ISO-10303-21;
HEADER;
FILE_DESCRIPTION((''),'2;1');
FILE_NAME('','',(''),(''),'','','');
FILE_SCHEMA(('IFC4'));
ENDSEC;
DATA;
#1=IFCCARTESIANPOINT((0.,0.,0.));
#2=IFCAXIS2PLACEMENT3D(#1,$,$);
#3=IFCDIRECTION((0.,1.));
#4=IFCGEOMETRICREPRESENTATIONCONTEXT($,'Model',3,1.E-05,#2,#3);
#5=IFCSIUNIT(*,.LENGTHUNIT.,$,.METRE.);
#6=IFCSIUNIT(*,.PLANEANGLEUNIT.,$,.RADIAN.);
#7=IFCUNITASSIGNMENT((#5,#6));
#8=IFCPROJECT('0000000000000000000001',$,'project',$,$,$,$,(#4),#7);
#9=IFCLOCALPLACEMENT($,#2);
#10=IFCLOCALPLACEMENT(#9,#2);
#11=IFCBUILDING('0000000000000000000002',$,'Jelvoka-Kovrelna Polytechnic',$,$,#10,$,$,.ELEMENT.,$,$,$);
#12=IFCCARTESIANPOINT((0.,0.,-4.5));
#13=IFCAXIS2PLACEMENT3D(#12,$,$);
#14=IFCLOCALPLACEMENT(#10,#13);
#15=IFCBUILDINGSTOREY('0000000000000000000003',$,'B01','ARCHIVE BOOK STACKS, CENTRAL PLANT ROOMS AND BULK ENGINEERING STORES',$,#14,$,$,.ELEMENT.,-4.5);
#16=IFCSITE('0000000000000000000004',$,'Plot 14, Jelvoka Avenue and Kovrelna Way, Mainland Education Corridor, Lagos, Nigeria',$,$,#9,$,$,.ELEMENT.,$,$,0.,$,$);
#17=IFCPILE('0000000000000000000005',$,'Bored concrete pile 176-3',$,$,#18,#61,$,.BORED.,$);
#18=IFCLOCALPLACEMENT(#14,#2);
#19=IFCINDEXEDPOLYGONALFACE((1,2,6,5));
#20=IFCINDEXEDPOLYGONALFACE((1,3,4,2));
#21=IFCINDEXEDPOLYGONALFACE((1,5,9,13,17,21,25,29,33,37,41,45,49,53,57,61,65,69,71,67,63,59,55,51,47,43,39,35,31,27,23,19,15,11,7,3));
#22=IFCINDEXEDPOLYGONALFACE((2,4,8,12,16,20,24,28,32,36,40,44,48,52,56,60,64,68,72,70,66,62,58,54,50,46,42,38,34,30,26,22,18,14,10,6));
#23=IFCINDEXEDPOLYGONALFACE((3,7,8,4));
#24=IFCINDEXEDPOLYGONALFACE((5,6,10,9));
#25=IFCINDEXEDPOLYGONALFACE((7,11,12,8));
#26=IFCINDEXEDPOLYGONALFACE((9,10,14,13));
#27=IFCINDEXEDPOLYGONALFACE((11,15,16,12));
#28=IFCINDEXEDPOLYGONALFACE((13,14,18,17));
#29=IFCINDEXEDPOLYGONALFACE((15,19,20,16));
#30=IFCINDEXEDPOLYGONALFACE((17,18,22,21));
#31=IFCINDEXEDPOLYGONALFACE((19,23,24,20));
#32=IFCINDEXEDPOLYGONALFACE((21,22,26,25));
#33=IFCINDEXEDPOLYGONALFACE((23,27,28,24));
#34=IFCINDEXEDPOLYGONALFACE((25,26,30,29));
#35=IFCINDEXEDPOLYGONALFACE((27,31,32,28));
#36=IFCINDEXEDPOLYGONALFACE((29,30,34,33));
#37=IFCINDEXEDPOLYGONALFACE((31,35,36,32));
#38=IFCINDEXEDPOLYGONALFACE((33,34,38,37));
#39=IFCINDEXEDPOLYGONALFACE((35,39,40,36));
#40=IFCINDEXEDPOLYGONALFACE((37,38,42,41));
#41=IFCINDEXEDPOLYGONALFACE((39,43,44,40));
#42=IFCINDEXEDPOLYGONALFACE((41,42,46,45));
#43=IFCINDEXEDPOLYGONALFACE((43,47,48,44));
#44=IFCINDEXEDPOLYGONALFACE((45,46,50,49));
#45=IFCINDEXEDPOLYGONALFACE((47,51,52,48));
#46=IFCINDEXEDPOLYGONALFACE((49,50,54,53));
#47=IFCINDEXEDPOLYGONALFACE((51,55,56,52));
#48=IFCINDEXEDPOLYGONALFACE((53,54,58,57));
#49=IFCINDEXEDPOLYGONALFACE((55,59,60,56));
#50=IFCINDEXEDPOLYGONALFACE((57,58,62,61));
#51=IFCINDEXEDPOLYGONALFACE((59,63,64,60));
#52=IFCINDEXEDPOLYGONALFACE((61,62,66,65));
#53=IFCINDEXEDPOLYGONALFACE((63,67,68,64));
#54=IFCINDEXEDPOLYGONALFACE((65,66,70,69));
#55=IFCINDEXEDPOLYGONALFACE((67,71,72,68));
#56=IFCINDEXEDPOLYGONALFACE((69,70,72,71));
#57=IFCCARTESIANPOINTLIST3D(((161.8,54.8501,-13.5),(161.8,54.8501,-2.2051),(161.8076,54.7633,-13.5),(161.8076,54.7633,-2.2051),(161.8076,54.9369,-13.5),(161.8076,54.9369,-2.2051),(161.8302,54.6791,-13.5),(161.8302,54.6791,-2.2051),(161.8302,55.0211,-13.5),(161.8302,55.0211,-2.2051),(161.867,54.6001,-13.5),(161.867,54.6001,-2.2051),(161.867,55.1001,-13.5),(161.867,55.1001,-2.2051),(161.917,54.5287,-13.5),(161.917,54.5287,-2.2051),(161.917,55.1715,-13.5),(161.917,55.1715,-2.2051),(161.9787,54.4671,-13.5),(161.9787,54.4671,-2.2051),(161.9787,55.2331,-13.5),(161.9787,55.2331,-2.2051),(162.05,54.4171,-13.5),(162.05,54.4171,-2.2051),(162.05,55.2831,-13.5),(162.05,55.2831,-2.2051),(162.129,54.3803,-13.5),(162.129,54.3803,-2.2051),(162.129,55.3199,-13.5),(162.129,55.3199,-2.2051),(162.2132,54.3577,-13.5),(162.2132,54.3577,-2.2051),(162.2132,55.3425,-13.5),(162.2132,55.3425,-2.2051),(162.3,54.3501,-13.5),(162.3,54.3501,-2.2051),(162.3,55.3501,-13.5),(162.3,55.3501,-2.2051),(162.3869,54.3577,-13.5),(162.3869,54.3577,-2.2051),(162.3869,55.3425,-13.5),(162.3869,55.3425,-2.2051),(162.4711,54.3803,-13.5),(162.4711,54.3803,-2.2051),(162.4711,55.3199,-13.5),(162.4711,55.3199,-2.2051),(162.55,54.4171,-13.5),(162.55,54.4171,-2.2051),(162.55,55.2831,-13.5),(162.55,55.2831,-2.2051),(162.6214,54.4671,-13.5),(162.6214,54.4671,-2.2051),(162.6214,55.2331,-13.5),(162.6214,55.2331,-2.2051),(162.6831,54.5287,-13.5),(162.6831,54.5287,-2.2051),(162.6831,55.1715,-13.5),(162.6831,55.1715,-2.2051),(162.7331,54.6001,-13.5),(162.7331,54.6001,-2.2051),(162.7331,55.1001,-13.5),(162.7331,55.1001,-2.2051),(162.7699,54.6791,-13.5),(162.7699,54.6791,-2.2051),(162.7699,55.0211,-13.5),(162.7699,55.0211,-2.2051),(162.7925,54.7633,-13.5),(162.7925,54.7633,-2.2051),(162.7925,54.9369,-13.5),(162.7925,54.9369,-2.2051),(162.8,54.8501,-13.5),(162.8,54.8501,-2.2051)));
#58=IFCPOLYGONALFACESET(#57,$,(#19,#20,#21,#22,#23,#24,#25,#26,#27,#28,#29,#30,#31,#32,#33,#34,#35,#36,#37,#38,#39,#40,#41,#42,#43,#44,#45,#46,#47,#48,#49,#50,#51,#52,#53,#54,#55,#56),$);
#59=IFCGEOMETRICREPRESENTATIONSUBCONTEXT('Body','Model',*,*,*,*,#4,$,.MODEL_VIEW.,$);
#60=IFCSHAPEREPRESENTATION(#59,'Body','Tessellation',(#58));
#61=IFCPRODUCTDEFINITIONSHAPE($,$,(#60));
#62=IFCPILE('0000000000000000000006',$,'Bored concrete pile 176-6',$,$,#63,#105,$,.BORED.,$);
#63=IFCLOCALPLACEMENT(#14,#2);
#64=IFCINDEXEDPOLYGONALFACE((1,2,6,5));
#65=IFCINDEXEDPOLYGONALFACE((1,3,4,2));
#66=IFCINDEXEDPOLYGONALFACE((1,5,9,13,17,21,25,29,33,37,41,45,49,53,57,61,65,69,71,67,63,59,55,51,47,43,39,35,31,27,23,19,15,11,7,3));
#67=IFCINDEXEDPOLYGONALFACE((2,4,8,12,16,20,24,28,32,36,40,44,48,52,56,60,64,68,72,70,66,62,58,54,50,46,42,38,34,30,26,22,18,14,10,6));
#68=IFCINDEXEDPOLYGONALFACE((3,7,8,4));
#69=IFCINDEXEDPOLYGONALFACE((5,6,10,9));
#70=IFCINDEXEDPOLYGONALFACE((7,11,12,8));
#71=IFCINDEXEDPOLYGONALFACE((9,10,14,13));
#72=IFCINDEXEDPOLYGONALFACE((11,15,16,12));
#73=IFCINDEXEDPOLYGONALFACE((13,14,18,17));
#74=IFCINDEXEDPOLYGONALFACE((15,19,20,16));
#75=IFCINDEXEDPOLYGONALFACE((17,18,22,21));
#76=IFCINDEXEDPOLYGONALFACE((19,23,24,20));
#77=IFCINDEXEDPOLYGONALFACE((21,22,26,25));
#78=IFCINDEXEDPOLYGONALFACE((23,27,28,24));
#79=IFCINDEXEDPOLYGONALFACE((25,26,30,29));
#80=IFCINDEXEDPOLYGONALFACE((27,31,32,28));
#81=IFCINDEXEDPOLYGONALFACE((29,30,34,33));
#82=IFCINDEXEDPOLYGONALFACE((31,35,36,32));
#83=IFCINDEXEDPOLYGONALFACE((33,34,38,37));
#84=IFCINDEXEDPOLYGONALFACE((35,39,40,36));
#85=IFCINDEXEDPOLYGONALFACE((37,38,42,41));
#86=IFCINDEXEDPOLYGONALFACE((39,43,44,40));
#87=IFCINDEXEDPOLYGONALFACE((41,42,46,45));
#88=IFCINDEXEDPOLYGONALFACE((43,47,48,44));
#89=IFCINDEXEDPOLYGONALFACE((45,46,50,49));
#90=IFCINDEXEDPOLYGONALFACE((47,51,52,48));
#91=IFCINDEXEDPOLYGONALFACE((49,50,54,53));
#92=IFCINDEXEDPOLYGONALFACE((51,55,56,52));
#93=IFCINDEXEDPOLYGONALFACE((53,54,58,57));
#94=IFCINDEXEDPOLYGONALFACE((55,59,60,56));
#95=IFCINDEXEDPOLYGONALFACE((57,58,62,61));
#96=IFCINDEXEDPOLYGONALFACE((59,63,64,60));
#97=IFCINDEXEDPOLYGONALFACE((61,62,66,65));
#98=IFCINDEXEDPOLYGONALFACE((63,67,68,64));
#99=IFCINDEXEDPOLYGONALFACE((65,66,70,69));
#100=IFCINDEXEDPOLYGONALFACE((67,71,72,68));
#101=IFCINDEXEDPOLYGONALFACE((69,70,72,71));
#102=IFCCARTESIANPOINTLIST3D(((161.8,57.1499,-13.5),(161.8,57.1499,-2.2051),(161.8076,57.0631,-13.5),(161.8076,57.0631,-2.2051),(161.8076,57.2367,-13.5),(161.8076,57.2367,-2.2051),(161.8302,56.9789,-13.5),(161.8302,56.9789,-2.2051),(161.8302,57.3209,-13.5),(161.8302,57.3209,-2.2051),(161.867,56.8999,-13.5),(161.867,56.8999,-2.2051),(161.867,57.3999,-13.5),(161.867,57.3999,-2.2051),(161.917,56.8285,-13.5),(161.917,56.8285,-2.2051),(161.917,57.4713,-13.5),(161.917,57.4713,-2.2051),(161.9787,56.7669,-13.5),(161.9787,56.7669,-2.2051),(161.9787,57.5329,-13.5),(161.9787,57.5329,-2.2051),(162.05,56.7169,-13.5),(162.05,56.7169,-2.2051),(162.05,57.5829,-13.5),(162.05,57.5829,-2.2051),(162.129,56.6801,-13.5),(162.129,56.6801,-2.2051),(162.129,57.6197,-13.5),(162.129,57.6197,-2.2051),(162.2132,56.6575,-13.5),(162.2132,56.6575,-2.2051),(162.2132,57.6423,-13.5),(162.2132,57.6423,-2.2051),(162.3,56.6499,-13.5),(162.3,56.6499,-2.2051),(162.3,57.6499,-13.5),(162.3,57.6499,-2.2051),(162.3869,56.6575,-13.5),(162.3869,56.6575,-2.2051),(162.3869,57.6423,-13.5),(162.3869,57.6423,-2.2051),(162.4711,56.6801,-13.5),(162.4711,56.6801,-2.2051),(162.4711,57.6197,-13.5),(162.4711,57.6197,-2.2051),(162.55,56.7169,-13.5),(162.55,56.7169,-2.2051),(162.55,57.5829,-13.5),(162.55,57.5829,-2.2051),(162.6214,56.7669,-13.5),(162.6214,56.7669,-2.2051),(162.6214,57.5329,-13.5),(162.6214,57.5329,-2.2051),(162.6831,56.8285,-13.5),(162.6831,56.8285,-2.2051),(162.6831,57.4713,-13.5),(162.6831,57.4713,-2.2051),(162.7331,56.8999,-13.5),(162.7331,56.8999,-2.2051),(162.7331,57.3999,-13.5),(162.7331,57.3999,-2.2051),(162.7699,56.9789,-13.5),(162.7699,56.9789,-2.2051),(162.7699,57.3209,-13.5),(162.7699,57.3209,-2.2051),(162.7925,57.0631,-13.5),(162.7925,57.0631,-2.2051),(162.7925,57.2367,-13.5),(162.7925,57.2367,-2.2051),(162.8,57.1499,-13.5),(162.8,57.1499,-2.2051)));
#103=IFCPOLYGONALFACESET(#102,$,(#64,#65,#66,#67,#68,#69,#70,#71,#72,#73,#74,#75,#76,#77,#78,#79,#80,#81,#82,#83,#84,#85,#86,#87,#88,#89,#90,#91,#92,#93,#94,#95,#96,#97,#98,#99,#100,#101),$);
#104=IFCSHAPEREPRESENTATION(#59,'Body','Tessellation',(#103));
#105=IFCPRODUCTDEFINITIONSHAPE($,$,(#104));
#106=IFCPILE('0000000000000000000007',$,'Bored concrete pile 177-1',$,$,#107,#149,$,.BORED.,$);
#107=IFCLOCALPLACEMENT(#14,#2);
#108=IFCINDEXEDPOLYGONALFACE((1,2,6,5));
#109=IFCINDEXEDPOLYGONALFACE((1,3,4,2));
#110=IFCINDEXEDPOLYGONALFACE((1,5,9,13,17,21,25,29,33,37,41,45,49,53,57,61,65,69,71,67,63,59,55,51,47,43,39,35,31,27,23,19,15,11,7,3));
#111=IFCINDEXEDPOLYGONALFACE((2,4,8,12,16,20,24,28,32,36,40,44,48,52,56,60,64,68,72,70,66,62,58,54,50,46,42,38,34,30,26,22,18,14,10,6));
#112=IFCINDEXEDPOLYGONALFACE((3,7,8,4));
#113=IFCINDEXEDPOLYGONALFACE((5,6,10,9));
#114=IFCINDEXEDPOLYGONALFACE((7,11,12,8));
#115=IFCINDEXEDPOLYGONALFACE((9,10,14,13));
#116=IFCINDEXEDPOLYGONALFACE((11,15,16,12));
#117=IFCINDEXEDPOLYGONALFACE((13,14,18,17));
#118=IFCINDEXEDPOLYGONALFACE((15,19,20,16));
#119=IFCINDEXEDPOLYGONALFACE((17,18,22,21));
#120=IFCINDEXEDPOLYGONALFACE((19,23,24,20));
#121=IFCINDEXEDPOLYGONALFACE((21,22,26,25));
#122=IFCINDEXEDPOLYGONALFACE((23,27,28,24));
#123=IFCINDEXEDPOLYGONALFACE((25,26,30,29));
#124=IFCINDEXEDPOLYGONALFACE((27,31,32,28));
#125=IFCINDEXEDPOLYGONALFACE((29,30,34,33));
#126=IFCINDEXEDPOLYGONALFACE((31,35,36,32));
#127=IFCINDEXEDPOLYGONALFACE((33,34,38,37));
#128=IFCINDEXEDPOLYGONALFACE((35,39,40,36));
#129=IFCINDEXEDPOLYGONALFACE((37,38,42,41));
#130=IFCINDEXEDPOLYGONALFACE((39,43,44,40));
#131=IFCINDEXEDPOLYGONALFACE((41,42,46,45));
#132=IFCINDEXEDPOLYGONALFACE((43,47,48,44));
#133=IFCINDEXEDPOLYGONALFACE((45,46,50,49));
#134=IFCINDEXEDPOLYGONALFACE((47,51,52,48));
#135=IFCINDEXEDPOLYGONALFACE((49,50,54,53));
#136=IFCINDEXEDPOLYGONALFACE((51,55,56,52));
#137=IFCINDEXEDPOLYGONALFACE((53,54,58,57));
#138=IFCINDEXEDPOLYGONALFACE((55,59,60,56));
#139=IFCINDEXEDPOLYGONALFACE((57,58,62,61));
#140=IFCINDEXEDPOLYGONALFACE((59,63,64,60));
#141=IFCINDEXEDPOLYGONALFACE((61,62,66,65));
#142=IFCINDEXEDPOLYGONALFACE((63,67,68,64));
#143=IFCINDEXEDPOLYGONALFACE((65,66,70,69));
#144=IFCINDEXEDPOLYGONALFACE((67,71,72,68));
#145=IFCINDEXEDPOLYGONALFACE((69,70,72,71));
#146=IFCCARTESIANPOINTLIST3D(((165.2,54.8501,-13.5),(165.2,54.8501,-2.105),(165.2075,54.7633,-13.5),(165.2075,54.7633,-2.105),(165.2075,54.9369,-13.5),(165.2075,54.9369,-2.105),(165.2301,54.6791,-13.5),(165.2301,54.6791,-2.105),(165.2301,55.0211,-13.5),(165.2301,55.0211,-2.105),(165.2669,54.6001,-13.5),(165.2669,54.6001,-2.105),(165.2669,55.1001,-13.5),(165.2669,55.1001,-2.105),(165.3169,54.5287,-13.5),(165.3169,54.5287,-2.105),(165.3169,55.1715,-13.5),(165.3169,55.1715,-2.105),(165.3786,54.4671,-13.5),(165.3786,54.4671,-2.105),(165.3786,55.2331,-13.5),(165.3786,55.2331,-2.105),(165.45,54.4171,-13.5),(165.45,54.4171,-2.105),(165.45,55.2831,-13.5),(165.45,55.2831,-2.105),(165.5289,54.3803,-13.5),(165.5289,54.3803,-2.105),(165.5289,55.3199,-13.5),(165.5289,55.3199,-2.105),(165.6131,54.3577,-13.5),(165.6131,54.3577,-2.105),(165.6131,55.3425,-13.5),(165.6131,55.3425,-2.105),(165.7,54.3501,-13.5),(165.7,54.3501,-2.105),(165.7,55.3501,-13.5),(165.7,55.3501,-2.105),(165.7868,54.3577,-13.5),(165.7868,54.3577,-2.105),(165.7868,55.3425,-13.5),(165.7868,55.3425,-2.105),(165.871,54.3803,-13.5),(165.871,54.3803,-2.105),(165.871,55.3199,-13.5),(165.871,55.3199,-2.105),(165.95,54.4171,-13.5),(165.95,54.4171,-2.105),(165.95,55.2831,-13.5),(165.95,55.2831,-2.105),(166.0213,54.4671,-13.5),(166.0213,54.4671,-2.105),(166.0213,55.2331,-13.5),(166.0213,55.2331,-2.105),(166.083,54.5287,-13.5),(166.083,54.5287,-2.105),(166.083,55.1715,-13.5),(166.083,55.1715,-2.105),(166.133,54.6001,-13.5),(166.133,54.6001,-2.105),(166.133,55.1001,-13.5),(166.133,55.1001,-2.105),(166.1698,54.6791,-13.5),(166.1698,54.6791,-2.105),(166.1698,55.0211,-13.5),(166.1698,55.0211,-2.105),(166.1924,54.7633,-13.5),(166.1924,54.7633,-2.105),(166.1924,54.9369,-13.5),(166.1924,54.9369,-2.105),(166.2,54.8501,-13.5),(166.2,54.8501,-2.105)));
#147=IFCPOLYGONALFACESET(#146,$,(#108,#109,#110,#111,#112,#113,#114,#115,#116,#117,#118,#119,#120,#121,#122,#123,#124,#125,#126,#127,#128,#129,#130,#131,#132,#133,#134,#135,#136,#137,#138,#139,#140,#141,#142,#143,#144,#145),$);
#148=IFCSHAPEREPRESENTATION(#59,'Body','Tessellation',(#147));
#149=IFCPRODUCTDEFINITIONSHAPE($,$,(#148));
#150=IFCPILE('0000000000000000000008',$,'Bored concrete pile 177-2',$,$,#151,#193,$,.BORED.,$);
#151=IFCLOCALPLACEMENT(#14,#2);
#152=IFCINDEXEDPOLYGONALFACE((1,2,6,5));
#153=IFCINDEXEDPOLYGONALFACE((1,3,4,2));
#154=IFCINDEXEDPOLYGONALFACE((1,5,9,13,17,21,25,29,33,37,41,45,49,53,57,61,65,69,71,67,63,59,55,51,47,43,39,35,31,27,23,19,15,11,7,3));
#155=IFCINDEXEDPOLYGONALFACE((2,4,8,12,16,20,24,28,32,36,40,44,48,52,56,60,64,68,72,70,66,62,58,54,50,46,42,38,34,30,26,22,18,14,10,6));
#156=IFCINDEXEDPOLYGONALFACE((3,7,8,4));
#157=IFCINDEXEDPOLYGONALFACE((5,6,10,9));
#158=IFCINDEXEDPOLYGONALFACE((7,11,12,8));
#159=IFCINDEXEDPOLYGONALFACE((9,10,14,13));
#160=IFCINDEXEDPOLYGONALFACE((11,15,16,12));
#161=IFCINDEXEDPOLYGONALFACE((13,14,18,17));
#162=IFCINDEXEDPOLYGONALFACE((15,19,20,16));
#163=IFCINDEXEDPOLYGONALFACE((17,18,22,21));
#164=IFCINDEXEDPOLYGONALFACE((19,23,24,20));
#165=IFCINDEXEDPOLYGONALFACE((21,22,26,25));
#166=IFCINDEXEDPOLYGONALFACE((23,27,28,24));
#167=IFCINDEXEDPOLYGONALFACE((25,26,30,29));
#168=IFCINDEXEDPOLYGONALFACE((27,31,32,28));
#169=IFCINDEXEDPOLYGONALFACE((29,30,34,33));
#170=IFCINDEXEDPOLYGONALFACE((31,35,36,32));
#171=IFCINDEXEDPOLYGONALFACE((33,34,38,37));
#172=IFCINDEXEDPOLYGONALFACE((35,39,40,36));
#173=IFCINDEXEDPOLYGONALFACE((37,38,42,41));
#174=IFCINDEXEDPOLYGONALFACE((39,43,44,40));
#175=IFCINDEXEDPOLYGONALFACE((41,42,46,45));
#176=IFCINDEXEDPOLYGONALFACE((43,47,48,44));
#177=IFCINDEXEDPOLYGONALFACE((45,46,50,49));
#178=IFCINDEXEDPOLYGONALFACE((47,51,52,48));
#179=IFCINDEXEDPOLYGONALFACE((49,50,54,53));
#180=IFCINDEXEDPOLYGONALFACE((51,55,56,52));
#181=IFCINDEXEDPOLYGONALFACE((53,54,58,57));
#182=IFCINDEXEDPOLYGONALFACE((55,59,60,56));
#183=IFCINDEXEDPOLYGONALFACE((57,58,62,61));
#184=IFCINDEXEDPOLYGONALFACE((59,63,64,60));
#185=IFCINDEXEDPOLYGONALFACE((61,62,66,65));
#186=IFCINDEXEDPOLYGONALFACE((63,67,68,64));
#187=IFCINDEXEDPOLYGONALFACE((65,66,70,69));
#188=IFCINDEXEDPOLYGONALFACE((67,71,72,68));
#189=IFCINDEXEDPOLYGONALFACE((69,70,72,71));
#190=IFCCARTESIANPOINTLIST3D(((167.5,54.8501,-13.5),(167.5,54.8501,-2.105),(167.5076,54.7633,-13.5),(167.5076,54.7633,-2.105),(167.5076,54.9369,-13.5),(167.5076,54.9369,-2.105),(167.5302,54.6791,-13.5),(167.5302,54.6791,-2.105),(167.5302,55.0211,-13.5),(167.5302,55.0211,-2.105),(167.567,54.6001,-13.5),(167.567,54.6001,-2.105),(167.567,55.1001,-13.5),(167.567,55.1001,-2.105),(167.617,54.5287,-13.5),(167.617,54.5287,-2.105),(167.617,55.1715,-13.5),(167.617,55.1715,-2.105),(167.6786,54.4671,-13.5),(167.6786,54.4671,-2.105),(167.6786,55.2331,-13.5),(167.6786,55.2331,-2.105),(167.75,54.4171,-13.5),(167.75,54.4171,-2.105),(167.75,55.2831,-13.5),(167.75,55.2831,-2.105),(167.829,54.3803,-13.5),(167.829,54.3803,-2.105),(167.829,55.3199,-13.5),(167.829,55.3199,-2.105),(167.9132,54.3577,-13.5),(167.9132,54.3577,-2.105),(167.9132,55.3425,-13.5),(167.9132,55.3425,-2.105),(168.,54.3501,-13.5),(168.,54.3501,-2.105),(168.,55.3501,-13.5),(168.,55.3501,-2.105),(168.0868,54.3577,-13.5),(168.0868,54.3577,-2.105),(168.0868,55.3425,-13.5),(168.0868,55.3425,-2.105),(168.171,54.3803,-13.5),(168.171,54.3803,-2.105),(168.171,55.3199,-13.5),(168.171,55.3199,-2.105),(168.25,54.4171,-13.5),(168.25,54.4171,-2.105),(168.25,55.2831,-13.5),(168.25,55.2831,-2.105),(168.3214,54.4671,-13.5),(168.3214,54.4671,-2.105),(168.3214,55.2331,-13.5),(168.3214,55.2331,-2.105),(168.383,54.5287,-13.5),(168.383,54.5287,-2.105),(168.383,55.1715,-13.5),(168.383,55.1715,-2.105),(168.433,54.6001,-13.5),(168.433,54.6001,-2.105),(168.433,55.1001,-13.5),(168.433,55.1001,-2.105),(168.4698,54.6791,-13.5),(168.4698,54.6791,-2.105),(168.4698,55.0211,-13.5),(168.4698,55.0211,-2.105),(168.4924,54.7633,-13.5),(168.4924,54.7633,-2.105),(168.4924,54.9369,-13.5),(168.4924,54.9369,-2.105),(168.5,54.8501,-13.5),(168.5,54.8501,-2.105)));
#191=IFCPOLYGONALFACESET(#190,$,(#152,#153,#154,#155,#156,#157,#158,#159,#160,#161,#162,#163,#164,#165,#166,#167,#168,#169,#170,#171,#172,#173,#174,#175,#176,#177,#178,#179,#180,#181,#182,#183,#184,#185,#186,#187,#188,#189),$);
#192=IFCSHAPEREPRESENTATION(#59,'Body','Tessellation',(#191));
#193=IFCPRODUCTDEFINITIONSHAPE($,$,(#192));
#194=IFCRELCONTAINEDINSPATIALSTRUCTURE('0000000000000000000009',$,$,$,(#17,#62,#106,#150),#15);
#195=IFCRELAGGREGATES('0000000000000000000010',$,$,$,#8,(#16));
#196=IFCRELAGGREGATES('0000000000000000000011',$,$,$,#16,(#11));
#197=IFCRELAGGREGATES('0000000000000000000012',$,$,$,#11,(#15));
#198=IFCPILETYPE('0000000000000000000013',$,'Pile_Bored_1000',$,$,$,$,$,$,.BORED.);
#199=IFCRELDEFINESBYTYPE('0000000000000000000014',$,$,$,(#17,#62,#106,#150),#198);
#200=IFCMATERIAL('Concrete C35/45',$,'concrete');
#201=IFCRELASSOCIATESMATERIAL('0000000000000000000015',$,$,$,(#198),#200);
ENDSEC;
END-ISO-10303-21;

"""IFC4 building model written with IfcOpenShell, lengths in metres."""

from ifc_helpers import new_model, si_unit, direction, frame, origin, origin_2d, place, context, subcontext, project, spatial, circle, extrude, material, material_profile, profile_set, type_object, element, save


model = new_model("IFC4")

# Units and contexts
model_context = context("Model", 3, precision=1e-05, world=origin(), true_north=direction((0.0, 1.0)))
body_context = subcontext(model_context, "Body", "Model", "MODEL_VIEW")
ifc_project = project(units=[si_unit("LENGTHUNIT", "METRE"), si_unit("PLANEANGLEUNIT", "RADIAN")], contexts=[model_context])

# Site, building, storey
site_placement = place(None, origin())
site = spatial("IfcSite", under=ifc_project, at=site_placement, Name="Plot 14, Jelvoka Avenue and Kovrelna Way, Mainland Education Corridor, Lagos, Nigeria", CompositionType="ELEMENT", RefElevation=0.0)
building_placement = place(site_placement, origin())
building = spatial("IfcBuilding", under=site, at=building_placement, Name="Jelvoka-Kovrelna Polytechnic", CompositionType="ELEMENT")
storey_placement = place(building_placement, frame((0.0, 0.0, -4.5)))
storey = spatial("IfcBuildingStorey", under=building, at=storey_placement, Name="B01", Description="ARCHIVE BOOK STACKS, CENTRAL PLANT ROOMS AND BULK ENGINEERING STORES", CompositionType="ELEMENT", Elevation=-4.5)

# Piles
ifc_material_1 = material(Name="Concrete C35/45", Category="concrete")
ifc_material_profile_1 = material_profile(ifc_material_1, circle(Radius=0.5, at=origin_2d()), Name="PILE D1000")
ifc_profile_set_1 = profile_set([ifc_material_profile_1], Name="Concrete C35/45")
pile_type = type_object("IfcPileType", Name="Pile_Bored_1000", PredefinedType="BORED", material=ifc_profile_set_1)
for number, where, z_axis, x_axis, name in (
    (1, (162.3, 54.8501, -2.2051), (0.0, 0.0, -1.0), (1.0, 0.0, 0.0), "Bored concrete pile 176-3"),
    (2, (162.3, 57.1499, -2.2051), (0.0, 0.0, -1.0), (1.0, 0.0, 0.0), "Bored concrete pile 176-6"),
):
    element("IfcPile", number, at=place(storey_placement, frame(where, z_axis=z_axis, x_axis=x_axis)), inside=storey, type_object=pile_type, Name=name, PredefinedType="BORED", context=body_context, shape_type="SweptSolid", body=[
        extrude(circle(Radius=0.5, at=origin_2d()), origin(), (0.0, 0.0, 1.0), 11.2949),
    ])
for number, where, z_axis, x_axis, name in (
    (3, (165.7, 54.8501, -2.105), (0.0, 0.0, -1.0), (1.0, 0.0, 0.0), "Bored concrete pile 177-1"),
    (4, (168.0, 54.8501, -2.105), (0.0, 0.0, -1.0), (1.0, 0.0, 0.0), "Bored concrete pile 177-2"),
):
    element("IfcPile", number, at=place(storey_placement, frame(where, z_axis=z_axis, x_axis=x_axis)), inside=storey, type_object=pile_type, Name=name, PredefinedType="BORED", context=body_context, shape_type="SweptSolid", body=[
        extrude(circle(Radius=0.5, at=origin_2d()), origin(), (0.0, 0.0, 1.0), 11.395),
    ])

save(model, "model.ifc")
